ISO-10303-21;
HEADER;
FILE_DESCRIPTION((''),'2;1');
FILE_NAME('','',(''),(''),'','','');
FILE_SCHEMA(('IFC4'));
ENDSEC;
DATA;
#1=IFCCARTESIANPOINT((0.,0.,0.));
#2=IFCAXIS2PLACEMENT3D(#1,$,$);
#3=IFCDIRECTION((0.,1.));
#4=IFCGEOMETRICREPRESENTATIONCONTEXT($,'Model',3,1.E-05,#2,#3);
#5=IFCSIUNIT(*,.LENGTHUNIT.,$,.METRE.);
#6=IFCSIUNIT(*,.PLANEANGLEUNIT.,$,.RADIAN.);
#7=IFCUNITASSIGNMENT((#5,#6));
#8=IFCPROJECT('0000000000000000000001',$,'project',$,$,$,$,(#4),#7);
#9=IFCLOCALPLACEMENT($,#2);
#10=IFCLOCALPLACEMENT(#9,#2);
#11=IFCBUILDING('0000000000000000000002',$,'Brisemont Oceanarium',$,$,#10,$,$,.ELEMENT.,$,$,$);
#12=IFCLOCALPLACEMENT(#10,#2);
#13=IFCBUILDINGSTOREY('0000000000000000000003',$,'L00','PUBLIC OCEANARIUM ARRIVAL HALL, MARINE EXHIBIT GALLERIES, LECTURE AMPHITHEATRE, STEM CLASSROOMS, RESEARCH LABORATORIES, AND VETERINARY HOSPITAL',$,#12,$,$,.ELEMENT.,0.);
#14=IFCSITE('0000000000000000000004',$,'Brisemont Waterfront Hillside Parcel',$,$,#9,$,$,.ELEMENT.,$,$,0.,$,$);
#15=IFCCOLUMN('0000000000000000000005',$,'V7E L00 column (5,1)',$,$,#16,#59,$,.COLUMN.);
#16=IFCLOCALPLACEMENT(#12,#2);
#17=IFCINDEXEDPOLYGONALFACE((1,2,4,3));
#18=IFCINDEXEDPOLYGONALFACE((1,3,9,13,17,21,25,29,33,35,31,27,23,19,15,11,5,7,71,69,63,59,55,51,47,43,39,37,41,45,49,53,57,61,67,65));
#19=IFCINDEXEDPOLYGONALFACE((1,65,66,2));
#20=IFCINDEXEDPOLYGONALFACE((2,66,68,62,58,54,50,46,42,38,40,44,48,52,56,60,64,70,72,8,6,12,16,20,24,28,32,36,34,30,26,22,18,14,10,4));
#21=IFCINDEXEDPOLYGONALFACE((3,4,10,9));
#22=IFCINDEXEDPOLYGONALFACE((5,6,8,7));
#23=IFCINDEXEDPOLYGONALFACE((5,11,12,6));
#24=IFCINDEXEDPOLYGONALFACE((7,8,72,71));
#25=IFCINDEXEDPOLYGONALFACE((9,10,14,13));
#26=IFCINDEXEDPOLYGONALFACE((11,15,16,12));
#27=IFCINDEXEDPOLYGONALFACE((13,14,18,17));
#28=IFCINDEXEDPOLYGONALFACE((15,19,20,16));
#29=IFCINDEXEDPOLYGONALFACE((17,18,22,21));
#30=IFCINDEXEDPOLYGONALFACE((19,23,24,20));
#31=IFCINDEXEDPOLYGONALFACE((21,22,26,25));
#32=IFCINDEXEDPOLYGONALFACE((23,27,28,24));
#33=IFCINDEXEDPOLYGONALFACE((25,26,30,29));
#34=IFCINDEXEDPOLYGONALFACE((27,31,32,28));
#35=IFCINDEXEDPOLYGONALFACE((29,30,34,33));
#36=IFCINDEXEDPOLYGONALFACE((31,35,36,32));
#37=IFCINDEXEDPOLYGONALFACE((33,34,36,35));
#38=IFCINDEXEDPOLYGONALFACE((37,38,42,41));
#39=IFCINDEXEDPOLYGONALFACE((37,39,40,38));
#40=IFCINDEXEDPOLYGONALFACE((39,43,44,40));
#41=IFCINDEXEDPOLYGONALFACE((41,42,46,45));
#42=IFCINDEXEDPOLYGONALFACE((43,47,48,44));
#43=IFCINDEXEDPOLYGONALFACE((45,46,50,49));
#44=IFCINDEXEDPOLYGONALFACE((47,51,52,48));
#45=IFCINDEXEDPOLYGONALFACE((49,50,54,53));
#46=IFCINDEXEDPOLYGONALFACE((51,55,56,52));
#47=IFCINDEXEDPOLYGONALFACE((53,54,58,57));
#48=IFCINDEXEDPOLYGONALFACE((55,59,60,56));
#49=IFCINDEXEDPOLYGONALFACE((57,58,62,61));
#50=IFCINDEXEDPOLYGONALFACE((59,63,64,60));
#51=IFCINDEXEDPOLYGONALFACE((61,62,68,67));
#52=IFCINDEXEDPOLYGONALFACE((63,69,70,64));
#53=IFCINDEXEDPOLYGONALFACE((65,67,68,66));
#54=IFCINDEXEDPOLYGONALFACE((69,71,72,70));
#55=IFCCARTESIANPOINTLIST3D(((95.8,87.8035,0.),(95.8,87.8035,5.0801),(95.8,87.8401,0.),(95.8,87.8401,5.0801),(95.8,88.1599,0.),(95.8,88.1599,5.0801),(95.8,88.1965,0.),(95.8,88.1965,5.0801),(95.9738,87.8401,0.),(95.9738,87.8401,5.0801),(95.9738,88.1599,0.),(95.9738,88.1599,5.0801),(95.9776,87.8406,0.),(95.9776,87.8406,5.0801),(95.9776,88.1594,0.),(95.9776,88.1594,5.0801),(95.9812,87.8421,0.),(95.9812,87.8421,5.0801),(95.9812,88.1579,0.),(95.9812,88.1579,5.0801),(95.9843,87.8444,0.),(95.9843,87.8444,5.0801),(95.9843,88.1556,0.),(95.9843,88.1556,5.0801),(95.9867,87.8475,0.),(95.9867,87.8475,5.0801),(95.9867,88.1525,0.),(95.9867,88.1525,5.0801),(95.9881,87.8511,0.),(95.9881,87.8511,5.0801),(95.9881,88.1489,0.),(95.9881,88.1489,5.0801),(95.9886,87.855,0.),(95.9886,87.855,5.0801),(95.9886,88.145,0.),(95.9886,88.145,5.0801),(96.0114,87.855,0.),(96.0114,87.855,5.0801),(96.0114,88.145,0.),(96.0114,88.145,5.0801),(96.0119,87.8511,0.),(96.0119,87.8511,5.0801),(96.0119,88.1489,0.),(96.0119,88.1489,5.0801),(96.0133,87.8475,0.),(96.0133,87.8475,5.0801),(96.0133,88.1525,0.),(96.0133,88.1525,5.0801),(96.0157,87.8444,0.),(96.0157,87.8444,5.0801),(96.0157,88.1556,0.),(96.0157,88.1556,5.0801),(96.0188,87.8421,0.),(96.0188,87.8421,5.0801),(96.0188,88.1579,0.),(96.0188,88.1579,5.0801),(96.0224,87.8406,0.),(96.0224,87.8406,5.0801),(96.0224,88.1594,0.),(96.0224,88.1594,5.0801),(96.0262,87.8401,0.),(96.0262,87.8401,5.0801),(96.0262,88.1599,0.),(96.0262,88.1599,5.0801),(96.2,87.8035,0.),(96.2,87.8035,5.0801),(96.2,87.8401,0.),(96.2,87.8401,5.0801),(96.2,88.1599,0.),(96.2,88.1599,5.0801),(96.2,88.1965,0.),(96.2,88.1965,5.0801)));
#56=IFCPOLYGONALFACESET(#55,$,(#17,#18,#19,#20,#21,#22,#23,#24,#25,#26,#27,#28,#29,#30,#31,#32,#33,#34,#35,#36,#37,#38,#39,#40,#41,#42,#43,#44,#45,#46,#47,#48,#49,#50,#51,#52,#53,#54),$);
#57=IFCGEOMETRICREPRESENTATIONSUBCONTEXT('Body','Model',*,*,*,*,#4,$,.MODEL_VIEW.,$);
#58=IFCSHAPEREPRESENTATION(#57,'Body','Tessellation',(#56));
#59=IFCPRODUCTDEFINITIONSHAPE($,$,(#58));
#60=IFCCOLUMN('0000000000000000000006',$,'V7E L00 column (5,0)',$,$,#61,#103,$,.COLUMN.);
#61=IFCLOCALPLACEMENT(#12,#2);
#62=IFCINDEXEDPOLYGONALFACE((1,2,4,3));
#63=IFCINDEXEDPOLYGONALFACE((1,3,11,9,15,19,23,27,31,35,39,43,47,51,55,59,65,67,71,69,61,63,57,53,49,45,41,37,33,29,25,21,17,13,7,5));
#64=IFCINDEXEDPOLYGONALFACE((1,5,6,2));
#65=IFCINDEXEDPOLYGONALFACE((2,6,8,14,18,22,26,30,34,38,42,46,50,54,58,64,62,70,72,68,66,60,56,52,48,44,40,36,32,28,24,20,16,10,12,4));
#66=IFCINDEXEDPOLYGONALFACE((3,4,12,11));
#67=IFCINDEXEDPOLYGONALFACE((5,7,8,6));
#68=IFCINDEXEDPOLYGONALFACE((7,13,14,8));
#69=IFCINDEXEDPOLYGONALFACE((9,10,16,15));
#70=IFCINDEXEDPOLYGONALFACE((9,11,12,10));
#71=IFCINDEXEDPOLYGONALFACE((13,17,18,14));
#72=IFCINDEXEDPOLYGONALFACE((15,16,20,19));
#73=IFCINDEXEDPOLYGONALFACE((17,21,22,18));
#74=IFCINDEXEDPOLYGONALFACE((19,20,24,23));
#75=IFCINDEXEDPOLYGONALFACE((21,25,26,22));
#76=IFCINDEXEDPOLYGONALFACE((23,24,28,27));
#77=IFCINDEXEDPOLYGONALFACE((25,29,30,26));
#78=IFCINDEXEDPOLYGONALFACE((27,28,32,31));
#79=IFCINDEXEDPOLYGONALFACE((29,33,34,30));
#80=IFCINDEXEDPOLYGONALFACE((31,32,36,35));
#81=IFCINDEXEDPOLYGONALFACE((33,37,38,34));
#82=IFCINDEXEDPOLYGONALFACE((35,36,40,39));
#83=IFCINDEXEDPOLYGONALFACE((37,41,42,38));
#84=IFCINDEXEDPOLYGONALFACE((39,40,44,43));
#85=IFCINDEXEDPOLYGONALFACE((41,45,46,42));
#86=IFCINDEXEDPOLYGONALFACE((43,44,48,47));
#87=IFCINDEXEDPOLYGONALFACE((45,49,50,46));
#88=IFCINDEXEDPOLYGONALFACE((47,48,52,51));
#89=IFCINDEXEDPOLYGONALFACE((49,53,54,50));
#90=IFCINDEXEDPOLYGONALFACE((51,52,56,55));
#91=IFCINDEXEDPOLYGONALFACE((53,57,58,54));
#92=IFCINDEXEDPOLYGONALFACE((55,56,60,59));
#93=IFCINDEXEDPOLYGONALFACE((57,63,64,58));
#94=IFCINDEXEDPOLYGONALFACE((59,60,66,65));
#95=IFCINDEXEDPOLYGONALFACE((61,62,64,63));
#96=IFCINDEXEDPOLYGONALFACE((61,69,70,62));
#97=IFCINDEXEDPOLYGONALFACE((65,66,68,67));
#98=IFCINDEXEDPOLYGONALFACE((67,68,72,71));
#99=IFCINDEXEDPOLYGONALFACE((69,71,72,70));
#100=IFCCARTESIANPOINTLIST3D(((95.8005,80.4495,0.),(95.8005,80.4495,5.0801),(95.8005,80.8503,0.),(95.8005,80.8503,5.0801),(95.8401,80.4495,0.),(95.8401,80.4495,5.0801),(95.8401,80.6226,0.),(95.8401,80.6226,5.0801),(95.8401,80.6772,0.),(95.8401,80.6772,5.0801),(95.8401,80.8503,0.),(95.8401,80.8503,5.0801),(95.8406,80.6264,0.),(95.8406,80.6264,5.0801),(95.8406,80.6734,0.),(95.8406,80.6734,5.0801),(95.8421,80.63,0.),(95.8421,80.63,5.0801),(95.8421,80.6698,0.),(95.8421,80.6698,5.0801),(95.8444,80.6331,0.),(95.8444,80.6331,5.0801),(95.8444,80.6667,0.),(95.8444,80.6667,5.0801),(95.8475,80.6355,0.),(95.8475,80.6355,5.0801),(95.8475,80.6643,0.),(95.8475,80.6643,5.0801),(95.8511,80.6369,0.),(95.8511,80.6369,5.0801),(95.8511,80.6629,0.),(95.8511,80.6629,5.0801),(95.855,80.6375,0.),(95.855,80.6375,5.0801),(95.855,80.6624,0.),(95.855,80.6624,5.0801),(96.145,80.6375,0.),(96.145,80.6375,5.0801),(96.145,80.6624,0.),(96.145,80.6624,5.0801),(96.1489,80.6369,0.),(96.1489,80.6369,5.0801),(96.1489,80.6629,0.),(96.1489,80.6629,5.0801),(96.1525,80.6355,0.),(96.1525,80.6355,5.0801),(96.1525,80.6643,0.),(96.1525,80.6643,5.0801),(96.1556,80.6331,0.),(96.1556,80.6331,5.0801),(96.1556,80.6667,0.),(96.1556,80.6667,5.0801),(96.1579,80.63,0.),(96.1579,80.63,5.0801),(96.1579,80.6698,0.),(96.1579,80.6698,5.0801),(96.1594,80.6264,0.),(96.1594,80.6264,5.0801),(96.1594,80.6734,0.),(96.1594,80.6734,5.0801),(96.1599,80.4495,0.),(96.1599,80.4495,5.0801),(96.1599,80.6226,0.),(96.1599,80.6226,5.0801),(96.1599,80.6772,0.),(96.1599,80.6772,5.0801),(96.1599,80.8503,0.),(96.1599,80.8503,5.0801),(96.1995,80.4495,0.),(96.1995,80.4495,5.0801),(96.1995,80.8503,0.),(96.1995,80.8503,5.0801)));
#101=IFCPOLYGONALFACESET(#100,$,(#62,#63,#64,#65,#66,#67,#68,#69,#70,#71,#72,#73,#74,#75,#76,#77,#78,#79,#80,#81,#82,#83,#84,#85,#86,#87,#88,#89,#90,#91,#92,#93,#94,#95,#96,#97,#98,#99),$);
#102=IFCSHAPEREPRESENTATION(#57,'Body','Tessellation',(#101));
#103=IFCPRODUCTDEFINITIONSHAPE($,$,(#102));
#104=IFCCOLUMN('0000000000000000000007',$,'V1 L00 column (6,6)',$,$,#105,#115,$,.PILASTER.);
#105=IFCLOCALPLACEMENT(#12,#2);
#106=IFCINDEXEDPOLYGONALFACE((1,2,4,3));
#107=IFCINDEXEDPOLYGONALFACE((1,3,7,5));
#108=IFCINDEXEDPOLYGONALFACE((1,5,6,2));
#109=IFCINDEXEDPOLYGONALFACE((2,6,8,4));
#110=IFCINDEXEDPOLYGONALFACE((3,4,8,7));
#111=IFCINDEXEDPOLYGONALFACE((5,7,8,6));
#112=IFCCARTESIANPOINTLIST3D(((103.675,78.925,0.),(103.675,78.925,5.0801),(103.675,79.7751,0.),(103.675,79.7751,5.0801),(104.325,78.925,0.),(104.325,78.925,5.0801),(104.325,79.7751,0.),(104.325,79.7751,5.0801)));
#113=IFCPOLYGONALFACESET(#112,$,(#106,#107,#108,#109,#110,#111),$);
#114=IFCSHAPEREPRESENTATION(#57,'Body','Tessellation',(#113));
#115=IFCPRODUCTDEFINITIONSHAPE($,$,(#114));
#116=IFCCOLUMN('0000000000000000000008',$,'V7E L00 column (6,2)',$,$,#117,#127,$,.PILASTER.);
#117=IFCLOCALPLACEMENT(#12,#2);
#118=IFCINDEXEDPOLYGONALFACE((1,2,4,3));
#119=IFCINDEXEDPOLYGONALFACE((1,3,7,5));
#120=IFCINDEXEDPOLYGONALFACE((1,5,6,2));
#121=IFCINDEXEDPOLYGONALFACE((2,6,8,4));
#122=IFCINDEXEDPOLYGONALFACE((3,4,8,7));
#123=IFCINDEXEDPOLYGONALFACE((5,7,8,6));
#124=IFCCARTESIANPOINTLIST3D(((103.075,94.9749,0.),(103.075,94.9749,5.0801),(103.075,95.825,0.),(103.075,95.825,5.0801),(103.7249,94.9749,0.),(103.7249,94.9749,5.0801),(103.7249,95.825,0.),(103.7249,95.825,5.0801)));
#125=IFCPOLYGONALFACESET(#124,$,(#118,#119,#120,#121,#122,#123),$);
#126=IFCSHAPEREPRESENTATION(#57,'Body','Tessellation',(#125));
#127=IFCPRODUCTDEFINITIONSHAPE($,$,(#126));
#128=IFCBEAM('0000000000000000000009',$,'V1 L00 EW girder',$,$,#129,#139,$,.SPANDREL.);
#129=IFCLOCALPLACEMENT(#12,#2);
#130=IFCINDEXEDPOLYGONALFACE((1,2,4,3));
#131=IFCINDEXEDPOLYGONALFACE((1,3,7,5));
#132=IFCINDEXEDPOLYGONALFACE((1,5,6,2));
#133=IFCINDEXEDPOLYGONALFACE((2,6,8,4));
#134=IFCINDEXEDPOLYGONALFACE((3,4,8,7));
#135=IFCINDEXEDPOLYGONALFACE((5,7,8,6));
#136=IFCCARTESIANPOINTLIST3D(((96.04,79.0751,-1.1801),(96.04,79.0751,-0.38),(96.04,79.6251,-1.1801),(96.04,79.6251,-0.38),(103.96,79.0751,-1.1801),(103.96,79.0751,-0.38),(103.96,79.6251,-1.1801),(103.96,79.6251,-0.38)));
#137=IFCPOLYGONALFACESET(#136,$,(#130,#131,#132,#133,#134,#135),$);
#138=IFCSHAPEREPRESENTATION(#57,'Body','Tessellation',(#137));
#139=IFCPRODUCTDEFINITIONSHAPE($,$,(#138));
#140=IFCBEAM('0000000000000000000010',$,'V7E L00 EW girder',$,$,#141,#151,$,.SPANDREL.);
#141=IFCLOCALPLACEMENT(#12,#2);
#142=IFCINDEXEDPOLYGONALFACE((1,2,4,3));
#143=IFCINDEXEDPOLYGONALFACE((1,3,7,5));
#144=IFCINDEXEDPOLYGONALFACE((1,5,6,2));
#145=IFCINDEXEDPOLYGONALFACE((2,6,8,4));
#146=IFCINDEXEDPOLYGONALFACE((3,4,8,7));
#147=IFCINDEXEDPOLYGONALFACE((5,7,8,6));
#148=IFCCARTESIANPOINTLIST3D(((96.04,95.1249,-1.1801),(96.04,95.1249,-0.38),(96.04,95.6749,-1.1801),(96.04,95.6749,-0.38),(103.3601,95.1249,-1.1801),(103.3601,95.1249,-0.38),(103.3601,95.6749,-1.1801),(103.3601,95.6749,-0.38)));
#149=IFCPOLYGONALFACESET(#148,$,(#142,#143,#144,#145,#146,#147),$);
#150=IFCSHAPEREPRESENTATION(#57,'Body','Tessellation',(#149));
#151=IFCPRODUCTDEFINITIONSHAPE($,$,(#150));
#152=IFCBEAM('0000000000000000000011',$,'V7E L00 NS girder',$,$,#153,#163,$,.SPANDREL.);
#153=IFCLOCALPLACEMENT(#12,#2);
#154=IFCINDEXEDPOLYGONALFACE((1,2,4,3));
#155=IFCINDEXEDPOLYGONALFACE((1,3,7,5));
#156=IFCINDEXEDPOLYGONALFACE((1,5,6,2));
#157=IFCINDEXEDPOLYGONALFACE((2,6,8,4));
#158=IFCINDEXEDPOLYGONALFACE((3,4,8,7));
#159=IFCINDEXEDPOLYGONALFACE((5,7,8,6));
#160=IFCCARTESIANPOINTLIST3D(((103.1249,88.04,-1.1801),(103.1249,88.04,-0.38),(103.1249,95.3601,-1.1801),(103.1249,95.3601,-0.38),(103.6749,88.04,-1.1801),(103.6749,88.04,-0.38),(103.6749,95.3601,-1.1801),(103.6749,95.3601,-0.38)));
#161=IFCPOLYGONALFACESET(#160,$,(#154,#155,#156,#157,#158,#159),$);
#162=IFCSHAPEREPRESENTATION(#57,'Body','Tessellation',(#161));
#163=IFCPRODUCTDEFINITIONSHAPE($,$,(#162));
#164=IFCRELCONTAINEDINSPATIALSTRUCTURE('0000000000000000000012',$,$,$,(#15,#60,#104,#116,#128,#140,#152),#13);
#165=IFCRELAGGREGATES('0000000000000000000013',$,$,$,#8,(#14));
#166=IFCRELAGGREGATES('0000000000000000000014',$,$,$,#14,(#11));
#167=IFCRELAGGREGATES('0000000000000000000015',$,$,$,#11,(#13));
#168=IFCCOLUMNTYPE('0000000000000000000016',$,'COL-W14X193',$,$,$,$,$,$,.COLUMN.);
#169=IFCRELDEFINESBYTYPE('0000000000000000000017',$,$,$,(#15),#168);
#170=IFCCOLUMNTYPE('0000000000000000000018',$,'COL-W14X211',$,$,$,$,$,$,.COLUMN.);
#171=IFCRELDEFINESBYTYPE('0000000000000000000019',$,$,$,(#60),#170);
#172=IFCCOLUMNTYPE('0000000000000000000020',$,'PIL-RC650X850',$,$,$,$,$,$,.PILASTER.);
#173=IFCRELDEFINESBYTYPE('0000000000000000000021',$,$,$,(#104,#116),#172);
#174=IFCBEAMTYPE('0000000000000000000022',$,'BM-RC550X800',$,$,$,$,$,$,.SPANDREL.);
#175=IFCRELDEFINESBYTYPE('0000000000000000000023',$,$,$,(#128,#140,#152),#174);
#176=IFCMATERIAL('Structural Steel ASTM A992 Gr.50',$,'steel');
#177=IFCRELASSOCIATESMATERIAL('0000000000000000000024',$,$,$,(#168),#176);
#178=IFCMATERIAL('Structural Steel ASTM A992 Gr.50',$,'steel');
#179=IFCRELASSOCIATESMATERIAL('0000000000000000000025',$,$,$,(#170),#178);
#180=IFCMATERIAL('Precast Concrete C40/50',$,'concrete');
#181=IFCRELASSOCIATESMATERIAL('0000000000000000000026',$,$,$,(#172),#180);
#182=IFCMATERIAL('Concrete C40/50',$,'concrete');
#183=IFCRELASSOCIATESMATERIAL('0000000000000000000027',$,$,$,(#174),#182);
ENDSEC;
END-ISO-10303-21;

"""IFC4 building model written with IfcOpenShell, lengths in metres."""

from ifc_helpers import new_model, si_unit, direction, frame, origin, origin_2d, place, context, subcontext, project, spatial, rectangle, i_section, extrude, material, material_profile, profile_set, type_object, element, save


model = new_model("IFC4")

# Units and contexts
model_context = context("Model", 3, precision=1e-05, world=origin(), true_north=direction((0.0, 1.0)))
body_context = subcontext(model_context, "Body", "Model", "MODEL_VIEW")
ifc_project = project(units=[si_unit("LENGTHUNIT", "METRE"), si_unit("PLANEANGLEUNIT", "RADIAN")], contexts=[model_context])

# Site, building, storey
site_placement = place(None, origin())
site = spatial("IfcSite", under=ifc_project, at=site_placement, Name="Brisemont Waterfront Hillside Parcel", CompositionType="ELEMENT", RefElevation=0.0)
building_placement = place(site_placement, origin())
building = spatial("IfcBuilding", under=site, at=building_placement, Name="Brisemont Oceanarium", CompositionType="ELEMENT")
storey_placement = place(building_placement, origin())
storey = spatial("IfcBuildingStorey", under=building, at=storey_placement, Name="L00", Description="PUBLIC OCEANARIUM ARRIVAL HALL, MARINE EXHIBIT GALLERIES, LECTURE AMPHITHEATRE, STEM CLASSROOMS, RESEARCH LABORATORIES, AND VETERINARY HOSPITAL", CompositionType="ELEMENT", Elevation=0.0)

# Columns
ifc_material_1 = material(Name="Structural Steel ASTM A992 Gr.50", Category="steel")
ifc_material_profile_1 = material_profile(ifc_material_1, i_section(OverallWidth=0.3999, OverallDepth=0.3931, WebThickness=0.0227, FlangeThickness=0.0366, FilletRadius=0.0149, at=origin_2d()), Name="W14X193")
ifc_profile_set_1 = profile_set([ifc_material_profile_1], Name="Structural Steel ASTM A992 Gr.50")
column_type_1 = type_object("IfcColumnType", Name="COL-W14X193", PredefinedType="COLUMN", material=ifc_profile_set_1)
column_1_placement = place(storey_placement, frame((96.0, 88.0, 0.0), z_axis=(0.0, 0.0, 1.0), x_axis=(1.0, 0.0, 0.0)))
element("IfcColumn", 1, at=column_1_placement, inside=storey, type_object=column_type_1, Name="V7E L00 column (5,1)", PredefinedType="COLUMN", context=body_context, shape_type="SweptSolid", body=[
    extrude(i_section(OverallWidth=0.3999, OverallDepth=0.3931, WebThickness=0.0227, FlangeThickness=0.0366, FilletRadius=0.0149, at=origin_2d()), origin(), (0.0, 0.0, 1.0), 5.0801),
])
ifc_material_2 = material(Name="Structural Steel ASTM A992 Gr.50", Category="steel")
ifc_material_profile_2 = material_profile(ifc_material_2, i_section(OverallWidth=0.4009, OverallDepth=0.3989, WebThickness=0.0249, FlangeThickness=0.0396, FilletRadius=0.0149, at=origin_2d()), Name="W14X211")
ifc_profile_set_2 = profile_set([ifc_material_profile_2], Name="Structural Steel ASTM A992 Gr.50")
column_type_2 = type_object("IfcColumnType", Name="COL-W14X211", PredefinedType="COLUMN", material=ifc_profile_set_2)
column_2_placement = place(storey_placement, frame((96.0, 80.6499, 0.0), z_axis=(0.0, 0.0, 1.0), x_axis=(0.0, 1.0, 0.0)))
element("IfcColumn", 2, at=column_2_placement, inside=storey, type_object=column_type_2, Name="V7E L00 column (5,0)", PredefinedType="COLUMN", context=body_context, shape_type="SweptSolid", body=[
    extrude(i_section(OverallWidth=0.4009, OverallDepth=0.3989, WebThickness=0.0249, FlangeThickness=0.0396, FilletRadius=0.0149, at=origin_2d()), origin(), (0.0, 0.0, 1.0), 5.0801),
])
ifc_material_3 = material(Name="Precast Concrete C40/50", Category="concrete")
ifc_material_profile_3 = material_profile(ifc_material_3, rectangle(XDim=0.6499, YDim=0.8501, at=origin_2d()), Name="RC-PIL-650X850")
ifc_profile_set_3 = profile_set([ifc_material_profile_3], Name="Precast Concrete C40/50")
column_type_3 = type_object("IfcColumnType", Name="PIL-RC650X850", PredefinedType="PILASTER", material=ifc_profile_set_3)
for number, where, z_axis, x_axis, name in (
    (3, (104.0, 79.3501, 0.0), (0.0, 0.0, 1.0), (1.0, 0.0, 0.0), "V1 L00 column (6,6)"),
    (4, (103.3999, 95.3999, 0.0), (0.0, 0.0, 1.0), (1.0, 0.0, 0.0), "V7E L00 column (6,2)"),
):
    element("IfcColumn", number, at=place(storey_placement, frame(where, z_axis=z_axis, x_axis=x_axis)), inside=storey, type_object=column_type_3, Name=name, PredefinedType="PILASTER", context=body_context, shape_type="SweptSolid", body=[
        extrude(rectangle(XDim=0.6499, YDim=0.8501, at=origin_2d()), origin(), (0.0, 0.0, 1.0), 5.0801),
    ])

# Beams
ifc_material_4 = material(Name="Concrete C40/50", Category="concrete")
ifc_material_profile_4 = material_profile(ifc_material_4, rectangle(XDim=0.55, YDim=0.8, at=origin_2d()), Name="RC-BM-550X800")
ifc_profile_set_4 = profile_set([ifc_material_profile_4], Name="Concrete C40/50")
beam_type_1 = type_object("IfcBeamType", Name="BM-RC550X800", PredefinedType="SPANDREL", material=ifc_profile_set_4)
beam_1_placement = place(storey_placement, frame((96.04, 79.3501, -0.78), z_axis=(1.0, 0.0, 0.0), x_axis=(0.0, 1.0, 0.0)))
element("IfcBeam", 5, at=beam_1_placement, inside=storey, type_object=beam_type_1, Name="V1 L00 EW girder", PredefinedType="SPANDREL", context=body_context, shape_type="SweptSolid", body=[
    extrude(rectangle(XDim=0.55, YDim=0.8, at=origin_2d()), origin(), (0.0, 0.0, 1.0), 7.9199),
])
for number, where, z_axis, x_axis, name in (
    (6, (96.04, 95.3999, -0.78), (1.0, 0.0, 0.0), (0.0, 1.0, 0.0), "V7E L00 EW girder"),
    (7, (103.3999, 88.04, -0.78), (0.0, 1.0, 0.0), (-1.0, 0.0, 0.0), "V7E L00 NS girder"),
):
    element("IfcBeam", number, at=place(storey_placement, frame(where, z_axis=z_axis, x_axis=x_axis)), inside=storey, type_object=beam_type_1, Name=name, PredefinedType="SPANDREL", context=body_context, shape_type="SweptSolid", body=[
        extrude(rectangle(XDim=0.55, YDim=0.8, at=origin_2d()), origin(), (0.0, 0.0, 1.0), 7.3201),
    ])

save(model, "model.ifc")
